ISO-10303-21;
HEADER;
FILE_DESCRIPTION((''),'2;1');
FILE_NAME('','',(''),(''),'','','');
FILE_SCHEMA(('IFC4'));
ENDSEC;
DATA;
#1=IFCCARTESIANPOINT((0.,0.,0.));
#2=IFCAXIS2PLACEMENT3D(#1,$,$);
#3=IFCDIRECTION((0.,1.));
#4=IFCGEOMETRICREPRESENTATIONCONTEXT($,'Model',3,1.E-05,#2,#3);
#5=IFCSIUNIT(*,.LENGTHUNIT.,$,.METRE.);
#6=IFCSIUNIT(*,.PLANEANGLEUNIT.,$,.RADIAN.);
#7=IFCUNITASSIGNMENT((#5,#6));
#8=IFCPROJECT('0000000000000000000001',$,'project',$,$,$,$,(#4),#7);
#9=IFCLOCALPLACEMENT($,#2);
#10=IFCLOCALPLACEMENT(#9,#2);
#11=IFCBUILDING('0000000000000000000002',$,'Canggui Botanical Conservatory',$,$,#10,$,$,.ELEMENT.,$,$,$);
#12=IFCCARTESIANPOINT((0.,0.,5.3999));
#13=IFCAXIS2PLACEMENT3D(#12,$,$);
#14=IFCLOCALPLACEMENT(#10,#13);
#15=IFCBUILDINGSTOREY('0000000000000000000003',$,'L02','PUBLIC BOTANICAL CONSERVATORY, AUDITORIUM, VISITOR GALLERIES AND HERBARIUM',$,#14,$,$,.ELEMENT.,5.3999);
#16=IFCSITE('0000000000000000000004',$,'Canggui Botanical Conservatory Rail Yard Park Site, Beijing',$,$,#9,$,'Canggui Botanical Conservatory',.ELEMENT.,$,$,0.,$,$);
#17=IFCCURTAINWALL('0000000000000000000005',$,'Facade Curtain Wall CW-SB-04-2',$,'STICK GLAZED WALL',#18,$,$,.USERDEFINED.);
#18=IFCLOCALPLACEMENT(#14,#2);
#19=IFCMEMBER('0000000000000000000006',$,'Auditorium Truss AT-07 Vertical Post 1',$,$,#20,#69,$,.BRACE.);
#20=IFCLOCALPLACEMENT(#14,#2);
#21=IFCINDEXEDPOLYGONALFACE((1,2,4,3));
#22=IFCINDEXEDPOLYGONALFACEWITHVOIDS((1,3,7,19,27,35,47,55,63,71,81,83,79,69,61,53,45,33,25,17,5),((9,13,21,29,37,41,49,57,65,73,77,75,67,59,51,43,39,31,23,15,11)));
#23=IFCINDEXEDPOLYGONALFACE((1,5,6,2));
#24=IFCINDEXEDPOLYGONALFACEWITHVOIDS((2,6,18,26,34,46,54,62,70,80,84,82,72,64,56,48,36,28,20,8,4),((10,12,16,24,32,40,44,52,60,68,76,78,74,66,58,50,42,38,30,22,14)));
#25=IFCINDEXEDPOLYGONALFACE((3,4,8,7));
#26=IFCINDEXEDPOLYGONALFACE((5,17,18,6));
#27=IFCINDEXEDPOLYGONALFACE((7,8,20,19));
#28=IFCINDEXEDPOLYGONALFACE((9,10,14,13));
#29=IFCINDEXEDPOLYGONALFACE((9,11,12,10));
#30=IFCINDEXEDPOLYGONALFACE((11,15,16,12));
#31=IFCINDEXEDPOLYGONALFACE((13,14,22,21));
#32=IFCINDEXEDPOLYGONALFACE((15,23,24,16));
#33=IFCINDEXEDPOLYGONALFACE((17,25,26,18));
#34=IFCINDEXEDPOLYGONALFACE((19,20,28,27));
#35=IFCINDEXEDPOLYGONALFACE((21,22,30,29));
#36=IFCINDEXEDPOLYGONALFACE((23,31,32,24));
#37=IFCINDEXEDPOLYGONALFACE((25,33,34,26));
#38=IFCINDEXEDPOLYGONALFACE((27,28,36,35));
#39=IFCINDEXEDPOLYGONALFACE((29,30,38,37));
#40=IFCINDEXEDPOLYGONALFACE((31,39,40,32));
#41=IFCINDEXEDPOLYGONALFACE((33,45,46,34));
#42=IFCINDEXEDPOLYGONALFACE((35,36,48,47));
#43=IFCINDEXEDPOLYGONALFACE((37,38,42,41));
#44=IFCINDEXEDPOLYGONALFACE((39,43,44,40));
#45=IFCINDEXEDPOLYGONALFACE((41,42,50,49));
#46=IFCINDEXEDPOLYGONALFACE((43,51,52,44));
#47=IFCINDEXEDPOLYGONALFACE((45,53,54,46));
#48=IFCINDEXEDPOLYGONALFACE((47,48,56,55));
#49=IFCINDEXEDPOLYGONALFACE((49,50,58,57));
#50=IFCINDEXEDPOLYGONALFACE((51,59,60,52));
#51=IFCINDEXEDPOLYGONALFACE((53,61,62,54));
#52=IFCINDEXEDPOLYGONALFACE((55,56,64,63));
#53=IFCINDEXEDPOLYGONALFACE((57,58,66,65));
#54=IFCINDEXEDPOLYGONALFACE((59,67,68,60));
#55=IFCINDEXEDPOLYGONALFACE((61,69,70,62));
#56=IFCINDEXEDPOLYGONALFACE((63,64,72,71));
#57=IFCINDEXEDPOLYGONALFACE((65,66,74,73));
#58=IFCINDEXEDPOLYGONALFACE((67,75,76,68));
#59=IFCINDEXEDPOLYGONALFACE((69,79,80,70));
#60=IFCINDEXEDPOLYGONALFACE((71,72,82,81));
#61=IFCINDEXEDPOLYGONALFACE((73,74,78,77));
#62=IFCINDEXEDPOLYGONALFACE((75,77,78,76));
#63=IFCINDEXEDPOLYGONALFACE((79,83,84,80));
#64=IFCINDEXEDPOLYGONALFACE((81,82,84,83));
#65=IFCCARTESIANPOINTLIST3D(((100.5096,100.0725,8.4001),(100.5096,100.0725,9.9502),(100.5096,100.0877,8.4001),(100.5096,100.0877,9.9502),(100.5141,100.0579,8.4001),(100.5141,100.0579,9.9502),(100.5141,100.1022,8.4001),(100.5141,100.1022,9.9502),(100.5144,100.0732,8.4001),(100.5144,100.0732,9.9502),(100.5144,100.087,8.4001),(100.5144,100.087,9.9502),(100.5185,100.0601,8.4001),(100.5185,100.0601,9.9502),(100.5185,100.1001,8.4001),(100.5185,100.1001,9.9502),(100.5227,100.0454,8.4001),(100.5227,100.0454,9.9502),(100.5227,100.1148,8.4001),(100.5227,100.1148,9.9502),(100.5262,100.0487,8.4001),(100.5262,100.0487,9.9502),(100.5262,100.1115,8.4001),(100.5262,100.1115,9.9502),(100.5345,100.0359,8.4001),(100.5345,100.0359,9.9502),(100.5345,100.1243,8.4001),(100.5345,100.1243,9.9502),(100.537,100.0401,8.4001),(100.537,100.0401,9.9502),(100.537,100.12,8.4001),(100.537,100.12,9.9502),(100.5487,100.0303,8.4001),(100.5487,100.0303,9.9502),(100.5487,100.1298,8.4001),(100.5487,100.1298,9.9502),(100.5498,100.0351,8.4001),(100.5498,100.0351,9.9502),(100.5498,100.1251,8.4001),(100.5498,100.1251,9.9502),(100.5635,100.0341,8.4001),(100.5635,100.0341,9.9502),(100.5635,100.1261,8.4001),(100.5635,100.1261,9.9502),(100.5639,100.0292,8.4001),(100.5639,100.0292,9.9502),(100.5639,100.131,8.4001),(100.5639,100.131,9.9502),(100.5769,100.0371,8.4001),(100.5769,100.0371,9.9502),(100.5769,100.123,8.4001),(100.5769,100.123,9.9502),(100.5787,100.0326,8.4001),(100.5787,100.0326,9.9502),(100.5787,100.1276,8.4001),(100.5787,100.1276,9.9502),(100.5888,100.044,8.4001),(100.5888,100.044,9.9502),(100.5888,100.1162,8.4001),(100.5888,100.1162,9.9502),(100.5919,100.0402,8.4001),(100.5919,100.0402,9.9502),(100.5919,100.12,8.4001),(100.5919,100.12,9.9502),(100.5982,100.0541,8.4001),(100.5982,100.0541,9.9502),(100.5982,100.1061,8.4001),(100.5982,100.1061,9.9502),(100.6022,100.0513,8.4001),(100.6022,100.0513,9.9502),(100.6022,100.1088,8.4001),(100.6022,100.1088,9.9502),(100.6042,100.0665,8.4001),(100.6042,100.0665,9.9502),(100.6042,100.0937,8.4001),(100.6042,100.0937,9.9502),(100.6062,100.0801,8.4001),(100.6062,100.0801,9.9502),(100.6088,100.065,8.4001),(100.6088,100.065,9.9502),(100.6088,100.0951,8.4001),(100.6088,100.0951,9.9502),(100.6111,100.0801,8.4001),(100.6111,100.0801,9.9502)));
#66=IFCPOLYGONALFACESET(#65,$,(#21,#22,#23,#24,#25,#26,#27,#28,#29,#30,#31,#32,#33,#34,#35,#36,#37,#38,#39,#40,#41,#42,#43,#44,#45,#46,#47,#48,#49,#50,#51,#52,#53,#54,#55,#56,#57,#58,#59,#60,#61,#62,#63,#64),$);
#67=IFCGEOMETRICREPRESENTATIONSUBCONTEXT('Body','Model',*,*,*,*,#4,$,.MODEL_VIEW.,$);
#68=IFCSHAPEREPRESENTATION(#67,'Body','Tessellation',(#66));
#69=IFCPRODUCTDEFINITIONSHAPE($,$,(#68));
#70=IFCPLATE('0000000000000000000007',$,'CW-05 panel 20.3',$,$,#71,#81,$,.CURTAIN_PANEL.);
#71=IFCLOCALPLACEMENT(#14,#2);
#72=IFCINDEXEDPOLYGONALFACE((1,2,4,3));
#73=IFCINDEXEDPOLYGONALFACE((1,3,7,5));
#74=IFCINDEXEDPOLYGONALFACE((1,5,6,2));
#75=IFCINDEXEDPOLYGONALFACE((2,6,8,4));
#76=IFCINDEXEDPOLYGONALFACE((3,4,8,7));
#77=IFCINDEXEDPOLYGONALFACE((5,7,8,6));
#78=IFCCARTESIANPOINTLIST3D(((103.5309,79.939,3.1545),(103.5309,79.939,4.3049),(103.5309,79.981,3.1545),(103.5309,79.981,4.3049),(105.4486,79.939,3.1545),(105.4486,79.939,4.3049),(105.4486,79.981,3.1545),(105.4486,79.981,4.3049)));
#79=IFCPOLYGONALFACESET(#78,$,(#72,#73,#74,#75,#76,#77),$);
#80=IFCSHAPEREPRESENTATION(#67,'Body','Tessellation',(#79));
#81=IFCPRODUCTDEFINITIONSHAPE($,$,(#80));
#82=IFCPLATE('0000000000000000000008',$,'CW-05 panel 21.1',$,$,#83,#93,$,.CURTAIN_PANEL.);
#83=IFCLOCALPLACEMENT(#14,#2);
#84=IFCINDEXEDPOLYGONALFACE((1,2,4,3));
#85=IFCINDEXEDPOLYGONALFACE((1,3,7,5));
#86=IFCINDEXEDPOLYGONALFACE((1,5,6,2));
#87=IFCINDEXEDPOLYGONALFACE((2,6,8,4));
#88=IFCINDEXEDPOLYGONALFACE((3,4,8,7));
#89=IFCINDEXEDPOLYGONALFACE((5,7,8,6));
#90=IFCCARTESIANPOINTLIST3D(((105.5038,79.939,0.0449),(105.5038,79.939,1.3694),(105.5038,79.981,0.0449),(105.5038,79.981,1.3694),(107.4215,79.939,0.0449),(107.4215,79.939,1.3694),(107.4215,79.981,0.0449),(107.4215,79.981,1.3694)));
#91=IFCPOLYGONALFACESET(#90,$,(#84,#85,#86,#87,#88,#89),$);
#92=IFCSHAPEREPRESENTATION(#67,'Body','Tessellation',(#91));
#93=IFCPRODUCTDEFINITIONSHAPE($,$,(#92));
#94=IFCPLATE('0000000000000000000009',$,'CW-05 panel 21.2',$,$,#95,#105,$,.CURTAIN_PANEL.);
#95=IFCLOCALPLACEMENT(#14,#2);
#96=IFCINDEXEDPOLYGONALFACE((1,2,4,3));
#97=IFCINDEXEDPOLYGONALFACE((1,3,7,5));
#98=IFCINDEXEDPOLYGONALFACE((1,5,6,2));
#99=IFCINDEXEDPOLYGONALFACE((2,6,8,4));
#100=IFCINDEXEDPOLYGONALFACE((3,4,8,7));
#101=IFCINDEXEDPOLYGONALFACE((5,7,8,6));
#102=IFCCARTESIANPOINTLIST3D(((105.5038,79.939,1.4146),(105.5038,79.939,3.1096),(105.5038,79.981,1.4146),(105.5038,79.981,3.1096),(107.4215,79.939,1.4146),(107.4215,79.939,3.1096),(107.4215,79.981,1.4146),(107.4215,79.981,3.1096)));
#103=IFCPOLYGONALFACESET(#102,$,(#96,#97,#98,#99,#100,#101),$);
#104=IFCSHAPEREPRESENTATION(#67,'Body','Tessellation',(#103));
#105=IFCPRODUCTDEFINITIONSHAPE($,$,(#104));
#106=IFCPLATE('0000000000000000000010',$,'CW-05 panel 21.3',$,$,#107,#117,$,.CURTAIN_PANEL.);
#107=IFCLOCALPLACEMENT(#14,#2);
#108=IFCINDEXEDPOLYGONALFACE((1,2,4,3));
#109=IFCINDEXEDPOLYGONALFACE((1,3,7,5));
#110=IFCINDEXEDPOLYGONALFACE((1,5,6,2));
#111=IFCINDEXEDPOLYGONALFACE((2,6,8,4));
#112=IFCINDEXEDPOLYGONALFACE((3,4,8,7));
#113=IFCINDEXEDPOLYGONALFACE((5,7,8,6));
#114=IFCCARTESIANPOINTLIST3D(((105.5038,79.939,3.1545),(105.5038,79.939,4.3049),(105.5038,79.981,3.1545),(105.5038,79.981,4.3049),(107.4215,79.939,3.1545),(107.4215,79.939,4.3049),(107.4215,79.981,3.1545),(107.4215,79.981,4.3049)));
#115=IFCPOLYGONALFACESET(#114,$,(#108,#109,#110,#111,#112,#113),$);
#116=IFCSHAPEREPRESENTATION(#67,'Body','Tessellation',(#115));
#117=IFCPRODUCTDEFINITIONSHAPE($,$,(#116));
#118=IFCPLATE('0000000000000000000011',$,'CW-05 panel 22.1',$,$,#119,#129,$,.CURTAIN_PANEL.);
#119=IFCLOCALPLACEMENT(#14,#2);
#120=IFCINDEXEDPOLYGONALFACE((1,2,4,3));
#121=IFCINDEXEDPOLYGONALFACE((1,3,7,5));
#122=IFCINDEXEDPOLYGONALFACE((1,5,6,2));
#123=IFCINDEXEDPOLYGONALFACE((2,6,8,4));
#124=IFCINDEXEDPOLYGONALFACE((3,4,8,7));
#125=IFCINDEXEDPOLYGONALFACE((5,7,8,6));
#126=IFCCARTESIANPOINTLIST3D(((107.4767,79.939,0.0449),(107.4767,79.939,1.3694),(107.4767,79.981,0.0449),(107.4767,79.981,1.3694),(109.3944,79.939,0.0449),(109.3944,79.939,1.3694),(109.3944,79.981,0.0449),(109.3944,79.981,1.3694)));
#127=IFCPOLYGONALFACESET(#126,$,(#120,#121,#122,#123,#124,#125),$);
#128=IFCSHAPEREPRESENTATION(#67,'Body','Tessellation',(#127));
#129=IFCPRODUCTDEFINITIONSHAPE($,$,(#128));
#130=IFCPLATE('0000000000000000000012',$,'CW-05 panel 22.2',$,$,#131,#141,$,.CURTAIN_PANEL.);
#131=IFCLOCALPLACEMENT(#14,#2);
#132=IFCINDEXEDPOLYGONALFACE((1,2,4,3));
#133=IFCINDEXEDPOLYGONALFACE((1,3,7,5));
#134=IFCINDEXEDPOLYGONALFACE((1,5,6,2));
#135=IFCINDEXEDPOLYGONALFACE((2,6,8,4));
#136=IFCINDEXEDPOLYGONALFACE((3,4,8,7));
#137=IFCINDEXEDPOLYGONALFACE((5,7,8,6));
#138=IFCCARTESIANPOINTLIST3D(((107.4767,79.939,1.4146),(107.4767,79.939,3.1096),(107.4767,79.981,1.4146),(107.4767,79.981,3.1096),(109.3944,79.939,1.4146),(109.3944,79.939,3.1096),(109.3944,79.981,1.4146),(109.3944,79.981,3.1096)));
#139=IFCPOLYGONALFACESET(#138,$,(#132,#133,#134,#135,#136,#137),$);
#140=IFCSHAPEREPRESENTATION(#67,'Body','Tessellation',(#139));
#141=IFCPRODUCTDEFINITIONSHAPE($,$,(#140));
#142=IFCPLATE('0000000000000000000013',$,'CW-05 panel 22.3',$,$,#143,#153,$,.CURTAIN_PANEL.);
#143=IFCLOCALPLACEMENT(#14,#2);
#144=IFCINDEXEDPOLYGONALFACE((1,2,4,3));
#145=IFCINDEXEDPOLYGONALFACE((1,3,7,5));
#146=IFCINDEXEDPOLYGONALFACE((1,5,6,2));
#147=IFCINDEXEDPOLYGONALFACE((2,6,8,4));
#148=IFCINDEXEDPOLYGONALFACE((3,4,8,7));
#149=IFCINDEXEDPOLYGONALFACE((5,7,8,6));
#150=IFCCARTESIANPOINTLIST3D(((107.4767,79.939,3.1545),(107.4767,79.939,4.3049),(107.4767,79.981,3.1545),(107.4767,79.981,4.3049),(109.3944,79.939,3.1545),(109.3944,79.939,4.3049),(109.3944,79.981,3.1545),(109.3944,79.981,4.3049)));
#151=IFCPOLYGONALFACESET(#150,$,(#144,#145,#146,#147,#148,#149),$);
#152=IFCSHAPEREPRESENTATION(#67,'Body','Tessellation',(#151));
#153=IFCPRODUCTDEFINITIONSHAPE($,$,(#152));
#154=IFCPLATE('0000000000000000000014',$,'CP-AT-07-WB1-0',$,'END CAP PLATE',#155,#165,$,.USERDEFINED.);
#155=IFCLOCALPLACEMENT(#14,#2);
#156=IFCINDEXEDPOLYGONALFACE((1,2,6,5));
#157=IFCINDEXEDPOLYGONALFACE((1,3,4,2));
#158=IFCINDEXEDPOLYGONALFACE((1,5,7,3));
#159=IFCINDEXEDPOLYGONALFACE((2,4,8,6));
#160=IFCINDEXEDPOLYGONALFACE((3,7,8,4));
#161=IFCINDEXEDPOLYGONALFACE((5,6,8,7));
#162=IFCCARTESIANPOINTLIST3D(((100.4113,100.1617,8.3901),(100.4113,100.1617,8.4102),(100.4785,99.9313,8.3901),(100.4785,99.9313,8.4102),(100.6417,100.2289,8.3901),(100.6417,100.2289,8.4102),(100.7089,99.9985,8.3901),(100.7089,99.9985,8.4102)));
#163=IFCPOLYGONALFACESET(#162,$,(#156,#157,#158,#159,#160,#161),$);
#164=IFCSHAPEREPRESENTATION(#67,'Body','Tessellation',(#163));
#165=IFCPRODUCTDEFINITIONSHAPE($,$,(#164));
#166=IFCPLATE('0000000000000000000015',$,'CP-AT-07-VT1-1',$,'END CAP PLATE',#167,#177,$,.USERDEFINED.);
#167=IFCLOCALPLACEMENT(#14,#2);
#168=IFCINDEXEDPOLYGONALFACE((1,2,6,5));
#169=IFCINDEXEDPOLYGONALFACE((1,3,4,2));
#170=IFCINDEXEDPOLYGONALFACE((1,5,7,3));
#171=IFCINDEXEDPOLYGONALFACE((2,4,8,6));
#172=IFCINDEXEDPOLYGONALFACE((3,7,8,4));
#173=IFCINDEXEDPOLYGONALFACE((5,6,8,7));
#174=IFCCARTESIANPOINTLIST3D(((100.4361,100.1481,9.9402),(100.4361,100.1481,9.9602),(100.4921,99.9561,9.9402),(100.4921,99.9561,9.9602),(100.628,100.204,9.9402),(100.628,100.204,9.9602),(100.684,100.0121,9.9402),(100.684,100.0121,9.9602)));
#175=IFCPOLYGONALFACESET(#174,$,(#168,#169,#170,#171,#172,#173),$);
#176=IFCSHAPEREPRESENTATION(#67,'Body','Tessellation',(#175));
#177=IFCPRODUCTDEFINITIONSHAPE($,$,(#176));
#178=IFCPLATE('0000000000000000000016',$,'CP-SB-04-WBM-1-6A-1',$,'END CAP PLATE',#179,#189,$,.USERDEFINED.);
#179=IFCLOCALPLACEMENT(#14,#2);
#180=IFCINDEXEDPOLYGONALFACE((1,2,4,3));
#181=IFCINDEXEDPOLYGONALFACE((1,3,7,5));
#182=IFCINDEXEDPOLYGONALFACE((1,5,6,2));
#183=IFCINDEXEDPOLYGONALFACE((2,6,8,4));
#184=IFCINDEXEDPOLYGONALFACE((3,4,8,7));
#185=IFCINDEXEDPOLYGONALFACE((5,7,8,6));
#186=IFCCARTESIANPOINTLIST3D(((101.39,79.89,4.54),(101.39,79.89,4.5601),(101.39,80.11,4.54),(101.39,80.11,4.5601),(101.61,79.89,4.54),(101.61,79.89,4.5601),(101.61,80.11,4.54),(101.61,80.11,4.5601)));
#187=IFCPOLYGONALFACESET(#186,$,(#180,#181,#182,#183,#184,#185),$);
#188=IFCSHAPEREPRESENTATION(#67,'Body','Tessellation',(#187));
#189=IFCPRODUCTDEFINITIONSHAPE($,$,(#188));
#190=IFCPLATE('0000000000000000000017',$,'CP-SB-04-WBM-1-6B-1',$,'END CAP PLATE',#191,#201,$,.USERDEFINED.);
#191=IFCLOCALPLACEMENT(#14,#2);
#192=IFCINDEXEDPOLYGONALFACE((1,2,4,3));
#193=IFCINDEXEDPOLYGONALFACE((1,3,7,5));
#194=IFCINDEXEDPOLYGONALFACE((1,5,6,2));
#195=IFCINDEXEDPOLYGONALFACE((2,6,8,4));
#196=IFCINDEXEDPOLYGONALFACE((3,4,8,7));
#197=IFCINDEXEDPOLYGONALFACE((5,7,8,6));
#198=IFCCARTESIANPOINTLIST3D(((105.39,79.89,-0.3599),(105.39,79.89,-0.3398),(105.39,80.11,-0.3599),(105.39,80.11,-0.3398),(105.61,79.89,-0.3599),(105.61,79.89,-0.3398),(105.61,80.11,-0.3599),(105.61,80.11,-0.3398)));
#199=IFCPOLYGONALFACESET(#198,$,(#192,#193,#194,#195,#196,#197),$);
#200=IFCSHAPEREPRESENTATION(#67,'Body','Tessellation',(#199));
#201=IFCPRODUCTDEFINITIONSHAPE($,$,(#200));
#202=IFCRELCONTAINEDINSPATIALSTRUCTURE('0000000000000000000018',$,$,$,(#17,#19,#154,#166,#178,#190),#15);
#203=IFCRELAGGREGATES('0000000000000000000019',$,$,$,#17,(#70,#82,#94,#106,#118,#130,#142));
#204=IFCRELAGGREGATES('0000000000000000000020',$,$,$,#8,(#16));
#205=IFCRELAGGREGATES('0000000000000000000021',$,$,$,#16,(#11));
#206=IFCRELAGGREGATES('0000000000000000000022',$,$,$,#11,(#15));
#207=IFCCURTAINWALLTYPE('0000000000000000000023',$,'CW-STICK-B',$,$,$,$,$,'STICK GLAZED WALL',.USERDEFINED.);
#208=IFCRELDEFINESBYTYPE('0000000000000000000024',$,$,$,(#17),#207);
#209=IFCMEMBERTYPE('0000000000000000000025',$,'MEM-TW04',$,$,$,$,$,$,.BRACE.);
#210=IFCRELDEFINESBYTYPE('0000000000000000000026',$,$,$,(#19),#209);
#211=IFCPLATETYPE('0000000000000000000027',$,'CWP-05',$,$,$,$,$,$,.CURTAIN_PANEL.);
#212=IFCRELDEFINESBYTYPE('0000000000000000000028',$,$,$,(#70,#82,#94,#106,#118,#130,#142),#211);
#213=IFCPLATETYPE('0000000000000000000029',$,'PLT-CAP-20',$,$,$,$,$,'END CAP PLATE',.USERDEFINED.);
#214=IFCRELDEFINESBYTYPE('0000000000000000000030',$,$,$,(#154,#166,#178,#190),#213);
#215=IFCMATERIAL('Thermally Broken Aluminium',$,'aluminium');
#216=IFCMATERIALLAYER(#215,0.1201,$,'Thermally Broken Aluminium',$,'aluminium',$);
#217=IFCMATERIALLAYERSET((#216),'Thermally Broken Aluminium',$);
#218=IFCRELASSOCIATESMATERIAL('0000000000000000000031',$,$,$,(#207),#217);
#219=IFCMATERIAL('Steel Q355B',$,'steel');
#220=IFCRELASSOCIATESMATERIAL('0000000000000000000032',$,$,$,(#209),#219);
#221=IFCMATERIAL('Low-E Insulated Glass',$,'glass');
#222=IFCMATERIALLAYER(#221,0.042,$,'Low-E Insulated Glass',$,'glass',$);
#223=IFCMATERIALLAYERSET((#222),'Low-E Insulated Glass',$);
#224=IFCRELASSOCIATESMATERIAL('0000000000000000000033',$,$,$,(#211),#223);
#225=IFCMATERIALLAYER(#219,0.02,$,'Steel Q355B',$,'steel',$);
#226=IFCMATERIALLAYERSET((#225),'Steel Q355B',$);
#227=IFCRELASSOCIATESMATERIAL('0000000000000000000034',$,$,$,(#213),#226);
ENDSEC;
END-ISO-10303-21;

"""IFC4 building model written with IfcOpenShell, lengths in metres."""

from ifc_helpers import new_model, si_unit, direction, frame, origin, origin_2d, place, context, subcontext, project, spatial, rectangle, hollow_circle, extrude, material, layer, layer_set, material_profile, profile_set, type_object, element, aggregate, save


model = new_model("IFC4")

# Units and contexts
model_context = context("Model", 3, precision=1e-05, world=origin(), true_north=direction((0.0, 1.0)))
body_context = subcontext(model_context, "Body", "Model", "MODEL_VIEW")
ifc_project = project(units=[si_unit("LENGTHUNIT", "METRE"), si_unit("PLANEANGLEUNIT", "RADIAN")], contexts=[model_context])

# Site, building, storey
site_placement = place(None, origin())
site = spatial("IfcSite", under=ifc_project, at=site_placement, Name="Canggui Botanical Conservatory Rail Yard Park Site, Beijing", LongName="Canggui Botanical Conservatory", CompositionType="ELEMENT", RefElevation=0.0)
building_placement = place(site_placement, origin())
building = spatial("IfcBuilding", under=site, at=building_placement, Name="Canggui Botanical Conservatory", CompositionType="ELEMENT")
storey_placement = place(building_placement, frame((0.0, 0.0, 5.3999)))
storey = spatial("IfcBuildingStorey", under=building, at=storey_placement, Name="L02", Description="PUBLIC BOTANICAL CONSERVATORY, AUDITORIUM, VISITOR GALLERIES AND HERBARIUM", CompositionType="ELEMENT", Elevation=5.3999)

# Shared definitions
ifc_material_1 = material(Name="Steel Q355B", Category="steel")

# Curtain wall
ifc_material_2 = material(Name="Thermally Broken Aluminium", Category="aluminium")
ifc_layer_1 = layer(ifc_material_2, 0.1201, Name="Thermally Broken Aluminium", Category="aluminium")
ifc_layer_set_1 = layer_set([ifc_layer_1], Name="Thermally Broken Aluminium")
curtain_wall_type = type_object("IfcCurtainWallType", Name="CW-STICK-B", ElementType="STICK GLAZED WALL", PredefinedType="USERDEFINED", material=ifc_layer_set_1)
curtain_wall_placement = place(storey_placement, origin())
curtain_wall = element("IfcCurtainWall", 1, at=curtain_wall_placement, inside=storey, type_object=curtain_wall_type, Name="Facade Curtain Wall CW-SB-04-2", ObjectType="STICK GLAZED WALL", PredefinedType="USERDEFINED")

# Member
ifc_material_profile_1 = material_profile(ifc_material_1, hollow_circle(Radius=0.051, WallThickness=0.0049, at=origin_2d()), Name="CHS 102x5")
ifc_profile_set_1 = profile_set([ifc_material_profile_1], Name="Steel Q355B")
member_type_1 = type_object("IfcMemberType", Name="MEM-TW04", PredefinedType="BRACE", material=ifc_profile_set_1)
member_1_placement = place(storey_placement, frame((100.5601, 100.0801, 8.4001), z_axis=(0.0, 0.0, 1.0), x_axis=(1.0, 0.0, 0.0)))
element("IfcMember", 2, at=member_1_placement, inside=storey, type_object=member_type_1, Name="Auditorium Truss AT-07 Vertical Post 1", PredefinedType="BRACE", context=body_context, shape_type="SweptSolid", body=[
    extrude(hollow_circle(Radius=0.051, WallThickness=0.0049, at=origin_2d()), origin(), (0.0, 0.0, 1.0), 1.55),
])

# Plates
ifc_material_3 = material(Name="Low-E Insulated Glass", Category="glass")
ifc_layer_2 = layer(ifc_material_3, 0.042, Name="Low-E Insulated Glass", Category="glass")
ifc_layer_set_2 = layer_set([ifc_layer_2], Name="Low-E Insulated Glass")
plate_type_1 = type_object("IfcPlateType", Name="CWP-05", PredefinedType="CURTAIN_PANEL", material=ifc_layer_set_2)
plate_1_placement = place(storey_placement, frame((104.4897, 79.96, 3.1545), z_axis=(0.0, 0.0, 1.0), x_axis=(1.0, 0.0, 0.0)))
plate_1 = element("IfcPlate", 3, at=plate_1_placement, type_object=plate_type_1, Name="CW-05 panel 20.3", PredefinedType="CURTAIN_PANEL", context=body_context, shape_type="SweptSolid", body=[
    extrude(rectangle(XDim=1.9177, YDim=0.042, at=origin_2d()), origin(), (0.0, 0.0, 1.0), 1.1504),
])
plate_2_placement = place(storey_placement, frame((106.4626, 79.96, 0.0449), z_axis=(0.0, 0.0, 1.0), x_axis=(1.0, 0.0, 0.0)))
plate_2 = element("IfcPlate", 4, at=plate_2_placement, type_object=plate_type_1, Name="CW-05 panel 21.1", PredefinedType="CURTAIN_PANEL", context=body_context, shape_type="SweptSolid", body=[
    extrude(rectangle(XDim=1.9177, YDim=0.042, at=origin_2d()), origin(), (0.0, 0.0, 1.0), 1.3245),
])
plate_3_placement = place(storey_placement, frame((106.4626, 79.96, 1.4146), z_axis=(0.0, 0.0, 1.0), x_axis=(1.0, 0.0, 0.0)))
plate_3 = element("IfcPlate", 5, at=plate_3_placement, type_object=plate_type_1, Name="CW-05 panel 21.2", PredefinedType="CURTAIN_PANEL", context=body_context, shape_type="SweptSolid", body=[
    extrude(rectangle(XDim=1.9177, YDim=0.042, at=origin_2d()), origin(), (0.0, 0.0, 1.0), 1.6951),
])
plate_4_placement = place(storey_placement, frame((106.4626, 79.96, 3.1545), z_axis=(0.0, 0.0, 1.0), x_axis=(1.0, 0.0, 0.0)))
plate_4 = element("IfcPlate", 6, at=plate_4_placement, type_object=plate_type_1, Name="CW-05 panel 21.3", PredefinedType="CURTAIN_PANEL", context=body_context, shape_type="SweptSolid", body=[
    extrude(rectangle(XDim=1.9177, YDim=0.042, at=origin_2d()), origin(), (0.0, 0.0, 1.0), 1.1504),
])
plate_5_placement = place(storey_placement, frame((108.4355, 79.96, 0.0449), z_axis=(0.0, 0.0, 1.0), x_axis=(1.0, 0.0, 0.0)))
plate_5 = element("IfcPlate", 7, at=plate_5_placement, type_object=plate_type_1, Name="CW-05 panel 22.1", PredefinedType="CURTAIN_PANEL", context=body_context, shape_type="SweptSolid", body=[
    extrude(rectangle(XDim=1.9177, YDim=0.042, at=origin_2d()), origin(), (0.0, 0.0, 1.0), 1.3245),
])
plate_6_placement = place(storey_placement, frame((108.4355, 79.96, 1.4146), z_axis=(0.0, 0.0, 1.0), x_axis=(1.0, 0.0, 0.0)))
plate_6 = element("IfcPlate", 8, at=plate_6_placement, type_object=plate_type_1, Name="CW-05 panel 22.2", PredefinedType="CURTAIN_PANEL", context=body_context, shape_type="SweptSolid", body=[
    extrude(rectangle(XDim=1.9177, YDim=0.042, at=origin_2d()), origin(), (0.0, 0.0, 1.0), 1.6951),
])
plate_7_placement = place(storey_placement, frame((108.4355, 79.96, 3.1545), z_axis=(0.0, 0.0, 1.0), x_axis=(1.0, 0.0, 0.0)))
plate_7 = element("IfcPlate", 9, at=plate_7_placement, type_object=plate_type_1, Name="CW-05 panel 22.3", PredefinedType="CURTAIN_PANEL", context=body_context, shape_type="SweptSolid", body=[
    extrude(rectangle(XDim=1.9177, YDim=0.042, at=origin_2d()), origin(), (0.0, 0.0, 1.0), 1.1504),
])
aggregate(curtain_wall, [plate_1, plate_2, plate_3, plate_4, plate_5, plate_6, plate_7])

# Plates
ifc_layer_3 = layer(ifc_material_1, 0.02, Name="Steel Q355B", Category="steel")
ifc_layer_set_3 = layer_set([ifc_layer_3], Name="Steel Q355B")
plate_type_2 = type_object("IfcPlateType", Name="PLT-CAP-20", ElementType="END CAP PLATE", PredefinedType="USERDEFINED", material=ifc_layer_set_3)
plate_8_placement = place(storey_placement, frame((100.5601, 100.0801, 8.3901), z_axis=(0.0, 0.0, 1.0), x_axis=(0.96, 0.28, 0.0)))
element("IfcPlate", 10, at=plate_8_placement, inside=storey, type_object=plate_type_2, Name="CP-AT-07-WB1-0", ObjectType="END CAP PLATE", PredefinedType="USERDEFINED", context=body_context, shape_type="SweptSolid", body=[
    extrude(rectangle(XDim=0.24, YDim=0.24, at=origin_2d()), origin(), (0.0, 0.0, 1.0), 0.02),
])
plate_9_placement = place(storey_placement, frame((100.5601, 100.0801, 9.9402), z_axis=(0.0, 0.0, 1.0), x_axis=(0.96, 0.28, 0.0)))
element("IfcPlate", 11, at=plate_9_placement, inside=storey, type_object=plate_type_2, Name="CP-AT-07-VT1-1", ObjectType="END CAP PLATE", PredefinedType="USERDEFINED", context=body_context, shape_type="SweptSolid", body=[
    extrude(rectangle(XDim=0.2, YDim=0.2, at=origin_2d()), origin(), (0.0, 0.0, 1.0), 0.02),
])
for number, where, z_axis, x_axis, name in (
    (12, (101.5, 80.0, 4.54), (0.0, 0.0, 1.0), (1.0, 0.0, 0.0), "CP-SB-04-WBM-1-6A-1"),
    (13, (105.5, 80.0, -0.3599), (0.0, 0.0, 1.0), (1.0, 0.0, 0.0), "CP-SB-04-WBM-1-6B-1"),
):
    element("IfcPlate", number, at=place(storey_placement, frame(where, z_axis=z_axis, x_axis=x_axis)), inside=storey, type_object=plate_type_2, Name=name, ObjectType="END CAP PLATE", PredefinedType="USERDEFINED", context=body_context, shape_type="SweptSolid", body=[
        extrude(rectangle(XDim=0.22, YDim=0.22, at=origin_2d()), origin(), (0.0, 0.0, 1.0), 0.02),
    ])

save(model, "model.ifc")
